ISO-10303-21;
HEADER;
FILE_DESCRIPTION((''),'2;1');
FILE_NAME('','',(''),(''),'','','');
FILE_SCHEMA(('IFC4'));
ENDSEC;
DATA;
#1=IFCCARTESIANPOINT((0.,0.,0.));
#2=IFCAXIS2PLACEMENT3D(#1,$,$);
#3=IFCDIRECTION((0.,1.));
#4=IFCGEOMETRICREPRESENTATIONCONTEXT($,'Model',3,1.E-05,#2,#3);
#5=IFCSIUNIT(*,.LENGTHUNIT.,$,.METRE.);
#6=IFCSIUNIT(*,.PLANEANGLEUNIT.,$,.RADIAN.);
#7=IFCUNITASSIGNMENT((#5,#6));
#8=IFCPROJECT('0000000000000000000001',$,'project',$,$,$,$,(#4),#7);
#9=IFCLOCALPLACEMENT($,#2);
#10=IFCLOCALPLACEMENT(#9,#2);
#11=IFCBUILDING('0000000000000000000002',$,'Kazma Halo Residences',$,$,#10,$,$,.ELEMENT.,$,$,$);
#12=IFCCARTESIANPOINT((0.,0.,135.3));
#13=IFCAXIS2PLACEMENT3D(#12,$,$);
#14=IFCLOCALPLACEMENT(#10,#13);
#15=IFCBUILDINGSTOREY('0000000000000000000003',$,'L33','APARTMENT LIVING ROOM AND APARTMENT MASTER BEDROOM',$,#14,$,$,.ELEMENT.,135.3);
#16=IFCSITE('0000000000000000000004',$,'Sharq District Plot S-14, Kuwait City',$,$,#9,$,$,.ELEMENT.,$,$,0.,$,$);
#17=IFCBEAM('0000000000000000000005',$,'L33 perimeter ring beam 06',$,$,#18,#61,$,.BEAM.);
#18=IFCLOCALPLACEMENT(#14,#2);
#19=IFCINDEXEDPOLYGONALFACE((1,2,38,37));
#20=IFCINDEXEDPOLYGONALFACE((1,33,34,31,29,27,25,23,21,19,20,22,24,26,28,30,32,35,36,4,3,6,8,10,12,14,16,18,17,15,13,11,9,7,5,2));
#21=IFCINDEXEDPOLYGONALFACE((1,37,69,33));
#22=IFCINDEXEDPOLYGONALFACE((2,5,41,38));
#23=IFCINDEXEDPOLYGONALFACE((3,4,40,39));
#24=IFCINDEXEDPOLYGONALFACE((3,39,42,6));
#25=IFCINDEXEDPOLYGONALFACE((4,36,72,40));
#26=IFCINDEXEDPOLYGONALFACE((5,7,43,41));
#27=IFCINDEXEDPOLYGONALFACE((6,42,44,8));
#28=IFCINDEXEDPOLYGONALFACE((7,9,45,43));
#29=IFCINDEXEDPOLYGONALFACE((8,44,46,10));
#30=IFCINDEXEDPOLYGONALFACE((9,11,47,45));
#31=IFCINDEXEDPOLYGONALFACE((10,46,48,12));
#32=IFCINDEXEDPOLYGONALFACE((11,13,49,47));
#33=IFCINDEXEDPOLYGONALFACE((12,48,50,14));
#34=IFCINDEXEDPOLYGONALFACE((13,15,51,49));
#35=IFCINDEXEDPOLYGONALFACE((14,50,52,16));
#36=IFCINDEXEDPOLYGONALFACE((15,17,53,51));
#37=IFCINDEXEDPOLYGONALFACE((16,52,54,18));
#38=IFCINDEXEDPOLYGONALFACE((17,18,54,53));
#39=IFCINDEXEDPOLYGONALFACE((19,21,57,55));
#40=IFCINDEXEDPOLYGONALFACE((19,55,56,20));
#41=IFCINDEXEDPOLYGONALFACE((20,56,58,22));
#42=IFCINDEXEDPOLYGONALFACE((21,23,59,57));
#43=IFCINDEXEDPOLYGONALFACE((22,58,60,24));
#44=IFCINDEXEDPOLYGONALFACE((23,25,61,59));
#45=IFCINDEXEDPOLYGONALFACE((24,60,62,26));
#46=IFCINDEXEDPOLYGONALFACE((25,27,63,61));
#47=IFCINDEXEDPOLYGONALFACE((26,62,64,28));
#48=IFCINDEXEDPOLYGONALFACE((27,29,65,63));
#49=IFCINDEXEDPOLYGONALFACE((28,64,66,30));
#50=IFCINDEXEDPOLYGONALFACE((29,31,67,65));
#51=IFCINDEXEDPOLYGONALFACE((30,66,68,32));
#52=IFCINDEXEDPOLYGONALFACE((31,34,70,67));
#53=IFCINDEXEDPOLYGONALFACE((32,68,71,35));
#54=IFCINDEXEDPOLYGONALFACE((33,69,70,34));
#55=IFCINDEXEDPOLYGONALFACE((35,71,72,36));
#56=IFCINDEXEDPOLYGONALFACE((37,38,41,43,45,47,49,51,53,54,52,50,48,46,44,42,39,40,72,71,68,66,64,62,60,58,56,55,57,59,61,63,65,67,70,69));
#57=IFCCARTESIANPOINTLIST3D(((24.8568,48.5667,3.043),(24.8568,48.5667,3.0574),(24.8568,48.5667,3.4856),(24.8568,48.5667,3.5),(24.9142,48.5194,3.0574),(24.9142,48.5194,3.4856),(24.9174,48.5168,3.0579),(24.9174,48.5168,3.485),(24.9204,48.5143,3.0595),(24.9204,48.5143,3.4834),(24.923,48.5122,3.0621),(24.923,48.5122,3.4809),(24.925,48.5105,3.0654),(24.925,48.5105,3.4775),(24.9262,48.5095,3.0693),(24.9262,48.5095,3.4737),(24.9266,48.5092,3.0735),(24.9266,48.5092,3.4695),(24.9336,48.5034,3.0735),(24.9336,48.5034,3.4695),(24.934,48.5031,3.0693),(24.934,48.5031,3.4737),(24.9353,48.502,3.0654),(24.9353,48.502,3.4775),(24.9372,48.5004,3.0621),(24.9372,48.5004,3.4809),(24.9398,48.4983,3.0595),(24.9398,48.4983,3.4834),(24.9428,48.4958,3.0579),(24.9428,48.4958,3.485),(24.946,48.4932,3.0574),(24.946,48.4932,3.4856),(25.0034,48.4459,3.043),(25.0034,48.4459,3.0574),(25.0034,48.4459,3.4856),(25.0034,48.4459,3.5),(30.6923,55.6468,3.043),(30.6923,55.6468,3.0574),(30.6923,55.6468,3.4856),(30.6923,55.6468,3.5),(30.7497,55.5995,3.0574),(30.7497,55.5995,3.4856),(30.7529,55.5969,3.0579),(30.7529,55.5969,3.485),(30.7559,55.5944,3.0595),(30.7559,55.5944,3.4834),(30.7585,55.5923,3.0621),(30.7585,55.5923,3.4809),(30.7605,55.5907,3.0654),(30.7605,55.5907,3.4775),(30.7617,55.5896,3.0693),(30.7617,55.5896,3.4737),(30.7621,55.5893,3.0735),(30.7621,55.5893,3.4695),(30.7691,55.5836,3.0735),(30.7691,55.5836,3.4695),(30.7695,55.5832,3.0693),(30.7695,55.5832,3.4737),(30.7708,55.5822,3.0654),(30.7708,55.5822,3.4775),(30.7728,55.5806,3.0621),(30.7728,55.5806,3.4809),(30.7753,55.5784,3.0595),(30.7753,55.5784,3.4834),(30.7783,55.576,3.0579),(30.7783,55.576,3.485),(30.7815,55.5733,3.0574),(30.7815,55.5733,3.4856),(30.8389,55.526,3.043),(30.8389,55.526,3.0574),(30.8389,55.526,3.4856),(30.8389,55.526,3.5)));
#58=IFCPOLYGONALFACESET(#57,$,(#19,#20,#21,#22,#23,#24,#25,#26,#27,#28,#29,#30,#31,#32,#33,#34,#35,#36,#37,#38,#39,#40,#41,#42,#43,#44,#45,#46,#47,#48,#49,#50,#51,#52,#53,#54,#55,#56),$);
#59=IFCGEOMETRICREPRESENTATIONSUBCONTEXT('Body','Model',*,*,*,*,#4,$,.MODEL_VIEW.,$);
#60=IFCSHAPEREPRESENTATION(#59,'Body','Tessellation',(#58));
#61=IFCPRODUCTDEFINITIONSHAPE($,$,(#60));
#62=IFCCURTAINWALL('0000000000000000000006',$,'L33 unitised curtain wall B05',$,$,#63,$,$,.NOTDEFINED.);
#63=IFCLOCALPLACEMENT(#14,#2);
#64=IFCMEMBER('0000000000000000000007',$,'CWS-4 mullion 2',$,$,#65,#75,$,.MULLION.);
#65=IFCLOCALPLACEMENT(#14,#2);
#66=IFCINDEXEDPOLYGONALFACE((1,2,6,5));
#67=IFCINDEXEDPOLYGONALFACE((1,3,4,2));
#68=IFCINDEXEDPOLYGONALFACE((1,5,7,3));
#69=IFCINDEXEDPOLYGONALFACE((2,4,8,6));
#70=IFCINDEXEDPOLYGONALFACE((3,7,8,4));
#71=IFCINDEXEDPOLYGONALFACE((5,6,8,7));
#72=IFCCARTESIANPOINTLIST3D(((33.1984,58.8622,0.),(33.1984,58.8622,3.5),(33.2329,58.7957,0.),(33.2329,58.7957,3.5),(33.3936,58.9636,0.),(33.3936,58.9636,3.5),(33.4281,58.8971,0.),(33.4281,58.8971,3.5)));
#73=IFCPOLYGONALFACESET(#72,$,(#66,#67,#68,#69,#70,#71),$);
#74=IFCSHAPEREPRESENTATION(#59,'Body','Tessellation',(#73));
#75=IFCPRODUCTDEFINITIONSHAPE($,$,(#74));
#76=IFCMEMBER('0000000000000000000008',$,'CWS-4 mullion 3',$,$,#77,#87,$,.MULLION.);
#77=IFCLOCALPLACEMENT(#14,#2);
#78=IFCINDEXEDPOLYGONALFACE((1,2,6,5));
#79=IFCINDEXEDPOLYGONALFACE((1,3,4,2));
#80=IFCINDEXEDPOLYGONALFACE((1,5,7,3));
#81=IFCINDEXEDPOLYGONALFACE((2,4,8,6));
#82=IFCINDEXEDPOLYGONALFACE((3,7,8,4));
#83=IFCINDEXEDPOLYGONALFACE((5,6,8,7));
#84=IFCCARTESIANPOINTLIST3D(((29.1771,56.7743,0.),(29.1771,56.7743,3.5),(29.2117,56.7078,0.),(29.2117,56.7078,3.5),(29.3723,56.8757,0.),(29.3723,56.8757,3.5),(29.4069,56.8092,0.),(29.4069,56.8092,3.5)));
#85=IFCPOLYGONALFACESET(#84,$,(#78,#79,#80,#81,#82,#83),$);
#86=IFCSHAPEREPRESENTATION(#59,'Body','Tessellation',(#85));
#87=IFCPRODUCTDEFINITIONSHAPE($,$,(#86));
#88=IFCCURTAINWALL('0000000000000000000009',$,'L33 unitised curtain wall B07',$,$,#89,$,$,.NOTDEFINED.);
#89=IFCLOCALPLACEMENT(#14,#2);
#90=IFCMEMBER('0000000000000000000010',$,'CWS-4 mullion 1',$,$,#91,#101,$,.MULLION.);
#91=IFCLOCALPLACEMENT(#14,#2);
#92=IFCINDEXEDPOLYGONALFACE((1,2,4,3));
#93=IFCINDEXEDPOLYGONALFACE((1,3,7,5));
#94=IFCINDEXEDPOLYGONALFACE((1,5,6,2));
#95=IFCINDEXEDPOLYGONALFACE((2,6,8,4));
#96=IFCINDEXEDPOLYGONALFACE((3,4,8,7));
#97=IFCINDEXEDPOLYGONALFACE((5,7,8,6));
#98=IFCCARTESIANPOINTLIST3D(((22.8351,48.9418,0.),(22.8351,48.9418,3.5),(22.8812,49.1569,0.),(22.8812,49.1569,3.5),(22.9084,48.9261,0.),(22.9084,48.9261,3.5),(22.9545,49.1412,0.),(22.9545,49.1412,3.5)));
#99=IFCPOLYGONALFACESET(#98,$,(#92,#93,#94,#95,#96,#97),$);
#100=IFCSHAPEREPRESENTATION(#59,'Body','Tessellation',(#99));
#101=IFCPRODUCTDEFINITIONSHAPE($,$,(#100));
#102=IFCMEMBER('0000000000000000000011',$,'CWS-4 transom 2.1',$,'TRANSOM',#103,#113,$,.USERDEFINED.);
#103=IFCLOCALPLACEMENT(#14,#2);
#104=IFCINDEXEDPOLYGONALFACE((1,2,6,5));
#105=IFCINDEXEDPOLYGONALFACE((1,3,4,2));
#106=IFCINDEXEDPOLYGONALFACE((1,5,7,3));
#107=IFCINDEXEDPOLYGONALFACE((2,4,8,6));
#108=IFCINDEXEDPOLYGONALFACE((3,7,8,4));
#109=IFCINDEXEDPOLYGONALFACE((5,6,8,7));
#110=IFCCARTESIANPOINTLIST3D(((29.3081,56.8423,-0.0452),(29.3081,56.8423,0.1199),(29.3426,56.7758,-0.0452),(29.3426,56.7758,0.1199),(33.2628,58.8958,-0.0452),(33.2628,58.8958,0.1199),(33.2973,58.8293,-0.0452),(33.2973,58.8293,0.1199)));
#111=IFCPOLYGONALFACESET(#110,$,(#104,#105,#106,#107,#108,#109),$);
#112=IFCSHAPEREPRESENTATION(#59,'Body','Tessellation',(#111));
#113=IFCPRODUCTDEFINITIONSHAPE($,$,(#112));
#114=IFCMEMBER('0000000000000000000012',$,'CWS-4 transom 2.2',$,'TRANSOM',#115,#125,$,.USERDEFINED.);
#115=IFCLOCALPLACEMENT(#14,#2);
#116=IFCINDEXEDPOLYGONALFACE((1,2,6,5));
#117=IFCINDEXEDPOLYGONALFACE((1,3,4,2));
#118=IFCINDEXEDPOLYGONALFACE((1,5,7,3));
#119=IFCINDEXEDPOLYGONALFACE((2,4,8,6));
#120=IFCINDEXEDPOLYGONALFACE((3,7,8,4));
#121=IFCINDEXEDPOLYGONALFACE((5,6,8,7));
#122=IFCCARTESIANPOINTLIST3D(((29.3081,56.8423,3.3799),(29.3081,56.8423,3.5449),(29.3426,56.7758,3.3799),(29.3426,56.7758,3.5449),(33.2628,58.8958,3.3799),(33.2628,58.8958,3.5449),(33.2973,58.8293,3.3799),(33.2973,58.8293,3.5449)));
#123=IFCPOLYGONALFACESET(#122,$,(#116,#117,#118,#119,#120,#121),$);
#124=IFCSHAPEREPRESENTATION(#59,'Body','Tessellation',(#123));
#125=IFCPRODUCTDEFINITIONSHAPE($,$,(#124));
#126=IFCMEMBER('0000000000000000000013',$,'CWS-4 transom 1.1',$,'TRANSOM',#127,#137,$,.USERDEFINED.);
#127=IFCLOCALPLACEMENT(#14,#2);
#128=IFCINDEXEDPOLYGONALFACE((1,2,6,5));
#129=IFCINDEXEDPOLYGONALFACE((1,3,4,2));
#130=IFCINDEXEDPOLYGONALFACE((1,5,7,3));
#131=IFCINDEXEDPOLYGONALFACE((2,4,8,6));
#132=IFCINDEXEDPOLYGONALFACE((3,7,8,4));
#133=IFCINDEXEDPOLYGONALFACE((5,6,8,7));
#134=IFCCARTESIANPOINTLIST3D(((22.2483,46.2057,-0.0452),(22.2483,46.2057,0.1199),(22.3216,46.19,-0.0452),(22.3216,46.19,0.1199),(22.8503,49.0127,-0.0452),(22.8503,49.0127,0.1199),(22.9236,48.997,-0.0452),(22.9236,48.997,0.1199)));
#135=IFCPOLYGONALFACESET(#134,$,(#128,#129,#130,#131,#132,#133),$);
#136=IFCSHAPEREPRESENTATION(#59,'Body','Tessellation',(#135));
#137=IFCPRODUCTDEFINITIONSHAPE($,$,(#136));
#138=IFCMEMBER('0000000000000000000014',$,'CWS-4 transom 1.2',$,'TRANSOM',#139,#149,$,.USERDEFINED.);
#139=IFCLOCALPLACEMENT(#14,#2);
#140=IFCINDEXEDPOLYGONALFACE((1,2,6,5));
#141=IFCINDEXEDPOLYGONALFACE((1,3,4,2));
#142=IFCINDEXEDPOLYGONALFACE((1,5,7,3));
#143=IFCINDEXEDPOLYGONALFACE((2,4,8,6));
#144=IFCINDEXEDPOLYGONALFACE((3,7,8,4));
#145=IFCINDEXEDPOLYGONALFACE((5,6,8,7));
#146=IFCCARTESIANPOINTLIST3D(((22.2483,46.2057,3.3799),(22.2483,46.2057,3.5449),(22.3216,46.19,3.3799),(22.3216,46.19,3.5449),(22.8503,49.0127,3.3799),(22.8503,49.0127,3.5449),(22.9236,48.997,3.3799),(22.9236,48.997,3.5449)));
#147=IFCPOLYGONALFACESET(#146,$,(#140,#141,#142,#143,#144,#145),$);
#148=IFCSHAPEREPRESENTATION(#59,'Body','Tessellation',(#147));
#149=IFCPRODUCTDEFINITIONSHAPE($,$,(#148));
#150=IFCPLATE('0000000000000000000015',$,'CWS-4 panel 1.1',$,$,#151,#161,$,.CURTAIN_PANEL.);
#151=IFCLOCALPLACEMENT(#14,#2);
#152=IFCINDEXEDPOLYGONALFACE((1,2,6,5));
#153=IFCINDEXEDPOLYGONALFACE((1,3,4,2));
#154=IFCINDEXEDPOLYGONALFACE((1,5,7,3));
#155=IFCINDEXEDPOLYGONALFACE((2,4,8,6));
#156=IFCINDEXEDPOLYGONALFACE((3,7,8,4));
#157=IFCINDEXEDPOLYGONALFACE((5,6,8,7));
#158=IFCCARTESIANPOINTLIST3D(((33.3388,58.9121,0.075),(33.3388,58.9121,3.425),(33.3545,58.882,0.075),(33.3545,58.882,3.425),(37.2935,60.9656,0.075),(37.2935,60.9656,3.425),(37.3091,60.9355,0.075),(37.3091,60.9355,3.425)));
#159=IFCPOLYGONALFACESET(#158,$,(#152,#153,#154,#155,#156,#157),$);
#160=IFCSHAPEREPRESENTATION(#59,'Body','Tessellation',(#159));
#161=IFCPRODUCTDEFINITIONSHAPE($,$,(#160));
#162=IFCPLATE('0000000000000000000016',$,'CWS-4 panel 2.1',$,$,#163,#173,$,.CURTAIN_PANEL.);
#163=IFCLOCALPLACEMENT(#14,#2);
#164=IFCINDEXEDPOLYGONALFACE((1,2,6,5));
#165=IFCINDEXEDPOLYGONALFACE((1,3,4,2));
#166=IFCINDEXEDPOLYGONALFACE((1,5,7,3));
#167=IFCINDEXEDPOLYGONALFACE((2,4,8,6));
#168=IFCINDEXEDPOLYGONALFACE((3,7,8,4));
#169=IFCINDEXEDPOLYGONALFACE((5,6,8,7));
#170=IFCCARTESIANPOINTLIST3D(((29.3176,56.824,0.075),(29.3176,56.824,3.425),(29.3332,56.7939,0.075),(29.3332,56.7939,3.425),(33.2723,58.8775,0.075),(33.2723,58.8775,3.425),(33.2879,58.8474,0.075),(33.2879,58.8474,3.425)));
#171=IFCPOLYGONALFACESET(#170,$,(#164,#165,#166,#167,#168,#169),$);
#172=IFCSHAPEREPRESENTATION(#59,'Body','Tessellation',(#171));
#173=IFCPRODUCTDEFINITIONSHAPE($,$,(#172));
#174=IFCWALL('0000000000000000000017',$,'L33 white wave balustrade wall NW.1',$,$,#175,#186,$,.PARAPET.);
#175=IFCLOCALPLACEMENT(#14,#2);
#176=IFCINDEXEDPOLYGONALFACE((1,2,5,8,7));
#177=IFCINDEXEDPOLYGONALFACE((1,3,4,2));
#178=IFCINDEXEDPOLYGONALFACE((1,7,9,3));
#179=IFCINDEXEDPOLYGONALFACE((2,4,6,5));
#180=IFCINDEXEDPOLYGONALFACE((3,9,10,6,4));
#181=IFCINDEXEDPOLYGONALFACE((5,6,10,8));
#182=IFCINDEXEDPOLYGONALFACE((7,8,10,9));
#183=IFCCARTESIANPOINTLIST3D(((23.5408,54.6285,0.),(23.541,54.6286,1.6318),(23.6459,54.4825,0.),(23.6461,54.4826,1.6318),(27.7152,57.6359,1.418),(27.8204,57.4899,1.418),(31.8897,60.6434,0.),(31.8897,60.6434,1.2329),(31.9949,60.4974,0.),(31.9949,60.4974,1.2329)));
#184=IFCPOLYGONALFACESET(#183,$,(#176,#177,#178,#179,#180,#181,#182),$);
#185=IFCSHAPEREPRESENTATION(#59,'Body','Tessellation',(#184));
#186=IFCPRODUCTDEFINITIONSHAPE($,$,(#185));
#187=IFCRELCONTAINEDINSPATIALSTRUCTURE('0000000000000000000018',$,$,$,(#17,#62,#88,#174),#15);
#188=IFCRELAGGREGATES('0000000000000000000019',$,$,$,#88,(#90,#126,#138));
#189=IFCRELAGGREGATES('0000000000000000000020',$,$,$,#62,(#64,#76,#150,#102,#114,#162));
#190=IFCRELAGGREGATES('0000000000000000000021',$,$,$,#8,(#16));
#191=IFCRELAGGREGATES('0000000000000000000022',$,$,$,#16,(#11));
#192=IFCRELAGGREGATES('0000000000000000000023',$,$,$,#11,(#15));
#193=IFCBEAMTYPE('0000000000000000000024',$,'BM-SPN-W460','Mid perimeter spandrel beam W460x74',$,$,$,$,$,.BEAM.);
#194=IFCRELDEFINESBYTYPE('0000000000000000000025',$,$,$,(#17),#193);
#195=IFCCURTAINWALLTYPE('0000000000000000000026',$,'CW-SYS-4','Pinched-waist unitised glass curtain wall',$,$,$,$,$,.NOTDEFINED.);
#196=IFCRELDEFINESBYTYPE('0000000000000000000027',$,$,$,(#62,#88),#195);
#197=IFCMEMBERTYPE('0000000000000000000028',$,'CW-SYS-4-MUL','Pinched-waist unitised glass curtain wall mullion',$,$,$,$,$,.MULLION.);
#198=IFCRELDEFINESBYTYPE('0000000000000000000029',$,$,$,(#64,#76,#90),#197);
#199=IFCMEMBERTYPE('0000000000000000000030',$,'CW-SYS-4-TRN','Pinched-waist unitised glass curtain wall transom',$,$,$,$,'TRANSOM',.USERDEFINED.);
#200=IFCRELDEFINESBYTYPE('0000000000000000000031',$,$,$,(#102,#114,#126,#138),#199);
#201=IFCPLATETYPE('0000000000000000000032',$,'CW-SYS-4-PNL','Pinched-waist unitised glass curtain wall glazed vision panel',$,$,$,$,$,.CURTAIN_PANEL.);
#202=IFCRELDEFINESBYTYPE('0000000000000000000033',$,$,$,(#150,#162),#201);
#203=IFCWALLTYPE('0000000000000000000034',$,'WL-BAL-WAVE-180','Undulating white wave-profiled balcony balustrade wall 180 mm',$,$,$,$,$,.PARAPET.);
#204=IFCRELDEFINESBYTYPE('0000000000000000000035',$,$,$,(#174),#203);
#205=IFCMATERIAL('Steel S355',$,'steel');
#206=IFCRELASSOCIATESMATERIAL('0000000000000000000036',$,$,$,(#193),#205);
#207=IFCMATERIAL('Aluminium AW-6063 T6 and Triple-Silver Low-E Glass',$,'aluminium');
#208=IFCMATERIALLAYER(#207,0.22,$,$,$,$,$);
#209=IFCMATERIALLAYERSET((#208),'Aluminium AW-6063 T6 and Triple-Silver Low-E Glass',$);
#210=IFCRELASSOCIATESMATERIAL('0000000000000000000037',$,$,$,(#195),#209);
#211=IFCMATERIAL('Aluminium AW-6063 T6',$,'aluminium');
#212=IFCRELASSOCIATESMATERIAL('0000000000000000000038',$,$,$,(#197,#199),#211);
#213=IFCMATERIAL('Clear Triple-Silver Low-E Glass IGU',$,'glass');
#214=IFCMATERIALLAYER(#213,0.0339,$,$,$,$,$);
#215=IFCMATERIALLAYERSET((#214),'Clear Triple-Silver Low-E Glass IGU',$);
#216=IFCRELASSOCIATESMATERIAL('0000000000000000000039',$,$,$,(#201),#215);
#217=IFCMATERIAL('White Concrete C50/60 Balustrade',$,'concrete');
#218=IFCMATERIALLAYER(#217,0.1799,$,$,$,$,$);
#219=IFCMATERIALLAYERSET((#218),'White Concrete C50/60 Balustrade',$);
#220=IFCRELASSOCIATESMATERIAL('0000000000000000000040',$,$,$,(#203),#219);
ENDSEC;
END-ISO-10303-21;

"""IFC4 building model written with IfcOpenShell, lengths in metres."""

from ifc_helpers import new_model, si_unit, direction, frame, origin, origin_2d, place, context, subcontext, project, spatial, polyline, rectangle, i_section, outline, extrude, material, layer, layer_set, material_profile, profile_set, type_object, element, aggregate, save


model = new_model("IFC4")

# Units and contexts
model_context = context("Model", 3, precision=1e-05, world=origin(), true_north=direction((0.0, 1.0)))
body_context = subcontext(model_context, "Body", "Model", "MODEL_VIEW")
ifc_project = project(units=[si_unit("LENGTHUNIT", "METRE"), si_unit("PLANEANGLEUNIT", "RADIAN")], contexts=[model_context])

# Site, building, storey
site_placement = place(None, origin())
site = spatial("IfcSite", under=ifc_project, at=site_placement, Name="Sharq District Plot S-14, Kuwait City", CompositionType="ELEMENT", RefElevation=0.0)
building_placement = place(site_placement, origin())
building = spatial("IfcBuilding", under=site, at=building_placement, Name="Kazma Halo Residences", CompositionType="ELEMENT")
storey_placement = place(building_placement, frame((0.0, 0.0, 135.3)))
storey = spatial("IfcBuildingStorey", under=building, at=storey_placement, Name="L33", Description="APARTMENT LIVING ROOM AND APARTMENT MASTER BEDROOM", CompositionType="ELEMENT", Elevation=135.3)

# Beam
ifc_material_1 = material(Name="Steel S355", Category="steel")
ifc_material_profile_1 = material_profile(ifc_material_1, i_section(OverallWidth=0.1899, OverallDepth=0.457, WebThickness=0.009, FlangeThickness=0.0144, FilletRadius=0.0161, at=origin_2d()), Name="W460x74")
ifc_profile_set_1 = profile_set([ifc_material_profile_1], Name="Steel S355")
beam_type_1 = type_object("IfcBeamType", Name="BM-SPN-W460", Description="Mid perimeter spandrel beam W460x74", PredefinedType="BEAM", material=ifc_profile_set_1)
beam_1_placement = place(storey_placement, frame((30.7656, 55.5864, 3.2715), z_axis=(-0.636019, -0.771674, 0.0), x_axis=(0.771674, -0.636019, 0.0)))
element("IfcBeam", 1, at=beam_1_placement, inside=storey, type_object=beam_type_1, Name="L33 perimeter ring beam 06", PredefinedType="BEAM", context=body_context, shape_type="SweptSolid", body=[
    extrude(i_section(OverallWidth=0.1899, OverallDepth=0.457, WebThickness=0.009, FlangeThickness=0.0144, FilletRadius=0.0161, at=origin_2d()), origin(), (0.0, 0.0, 1.0), 9.175),
])

# Curtain wall, members
ifc_material_2 = material(Name="Aluminium AW-6063 T6 and Triple-Silver Low-E Glass", Category="aluminium")
ifc_layer_1 = layer(ifc_material_2, 0.22)
ifc_layer_set_1 = layer_set([ifc_layer_1], Name="Aluminium AW-6063 T6 and Triple-Silver Low-E Glass")
curtain_wall_type = type_object("IfcCurtainWallType", Name="CW-SYS-4", Description="Pinched-waist unitised glass curtain wall", PredefinedType="NOTDEFINED", material=ifc_layer_set_1)
curtain_wall_1_placement = place(storey_placement, origin())
curtain_wall_1 = element("IfcCurtainWall", 2, at=curtain_wall_1_placement, inside=storey, type_object=curtain_wall_type, Name="L33 unitised curtain wall B05", PredefinedType="NOTDEFINED")
ifc_material_3 = material(Name="Aluminium AW-6063 T6", Category="aluminium")
ifc_material_profile_2 = material_profile(ifc_material_3, rectangle(XDim=0.075, YDim=0.22, at=origin_2d()), Name="CWM-75x220")
ifc_profile_set_2 = profile_set([ifc_material_profile_2], Name="Aluminium AW-6063 T6")
member_type_1 = type_object("IfcMemberType", Name="CW-SYS-4-MUL", Description="Pinched-waist unitised glass curtain wall mullion", PredefinedType="MULLION", material=ifc_profile_set_2)
member_1_placement = place(storey_placement, frame((33.3132, 58.8796, 0.0), z_axis=(0.0, 0.0, 1.0), x_axis=(0.460837, -0.887485, 0.0)))
member_1 = element("IfcMember", 3, at=member_1_placement, type_object=member_type_1, Name="CWS-4 mullion 2", PredefinedType="MULLION", context=body_context, shape_type="SweptSolid", body=[
    extrude(rectangle(XDim=0.075, YDim=0.22, at=origin_2d()), origin(), (0.0, 0.0, 1.0), 3.5),
])
member_2_placement = place(storey_placement, frame((29.292, 56.7917, 0.0), z_axis=(0.0, 0.0, 1.0), x_axis=(0.460837, -0.887485, 0.0)))
member_2 = element("IfcMember", 4, at=member_2_placement, type_object=member_type_1, Name="CWS-4 mullion 3", PredefinedType="MULLION", context=body_context, shape_type="SweptSolid", body=[
    extrude(rectangle(XDim=0.075, YDim=0.22, at=origin_2d()), origin(), (0.0, 0.0, 1.0), 3.5),
])

# Curtain wall, member
curtain_wall_2_placement = place(storey_placement, origin())
curtain_wall_2 = element("IfcCurtainWall", 5, at=curtain_wall_2_placement, inside=storey, type_object=curtain_wall_type, Name="L33 unitised curtain wall B07", PredefinedType="NOTDEFINED")
member_3_placement = place(storey_placement, frame((22.8948, 49.0415, 0.0), z_axis=(0.0, 0.0, 1.0), x_axis=(0.977765, -0.209704, 0.0)))
member_3 = element("IfcMember", 6, at=member_3_placement, type_object=member_type_1, Name="CWS-4 mullion 1", PredefinedType="MULLION", context=body_context, shape_type="SweptSolid", body=[
    extrude(rectangle(XDim=0.075, YDim=0.22, at=origin_2d()), origin(), (0.0, 0.0, 1.0), 3.5),
])

# Members
ifc_material_profile_3 = material_profile(ifc_material_3, rectangle(XDim=0.075, YDim=0.165, at=origin_2d()), Name="CWT-75x165")
ifc_profile_set_3 = profile_set([ifc_material_profile_3], Name="Aluminium AW-6063 T6")
member_type_2 = type_object("IfcMemberType", Name="CW-SYS-4-TRN", Description="Pinched-waist unitised glass curtain wall transom", ElementType="TRANSOM", PredefinedType="USERDEFINED", material=ifc_profile_set_3)
member_4_placement = place(storey_placement, frame((33.28, 58.8625, 0.0374), z_axis=(-0.887485, -0.460837, 0.0), x_axis=(0.460837, -0.887485, 0.0)))
member_4 = element("IfcMember", 7, at=member_4_placement, type_object=member_type_2, Name="CWS-4 transom 2.1", ObjectType="TRANSOM", PredefinedType="USERDEFINED", context=body_context, shape_type="SweptSolid", body=[
    extrude(rectangle(XDim=0.075, YDim=0.165, at=origin_2d()), origin(), (0.0, 0.0, 1.0), 4.4561),
])
member_5_placement = place(storey_placement, frame((33.28, 58.8625, 3.4624), z_axis=(-0.887485, -0.460837, 0.0), x_axis=(0.460837, -0.887485, 0.0)))
member_5 = element("IfcMember", 8, at=member_5_placement, type_object=member_type_2, Name="CWS-4 transom 2.2", ObjectType="TRANSOM", PredefinedType="USERDEFINED", context=body_context, shape_type="SweptSolid", body=[
    extrude(rectangle(XDim=0.075, YDim=0.165, at=origin_2d()), origin(), (0.0, 0.0, 1.0), 4.4561),
])
member_6_placement = place(storey_placement, frame((22.887, 49.0049, 0.0374), z_axis=(-0.209703, -0.977765, 0.0), x_axis=(0.977765, -0.209703, 0.0)))
member_6 = element("IfcMember", 9, at=member_6_placement, type_object=member_type_2, Name="CWS-4 transom 1.1", ObjectType="TRANSOM", PredefinedType="USERDEFINED", context=body_context, shape_type="SweptSolid", body=[
    extrude(rectangle(XDim=0.075, YDim=0.165, at=origin_2d()), origin(), (0.0, 0.0, 1.0), 2.8708),
])
member_7_placement = place(storey_placement, frame((22.887, 49.0049, 3.4624), z_axis=(-0.209703, -0.977765, 0.0), x_axis=(0.977765, -0.209703, 0.0)))
member_7 = element("IfcMember", 10, at=member_7_placement, type_object=member_type_2, Name="CWS-4 transom 1.2", ObjectType="TRANSOM", PredefinedType="USERDEFINED", context=body_context, shape_type="SweptSolid", body=[
    extrude(rectangle(XDim=0.075, YDim=0.165, at=origin_2d()), origin(), (0.0, 0.0, 1.0), 2.8708),
])
aggregate(curtain_wall_2, [member_3, member_6, member_7])

# Plates
ifc_material_4 = material(Name="Clear Triple-Silver Low-E Glass IGU", Category="glass")
ifc_layer_2 = layer(ifc_material_4, 0.0339)
ifc_layer_set_2 = layer_set([ifc_layer_2], Name="Clear Triple-Silver Low-E Glass IGU")
plate_type = type_object("IfcPlateType", Name="CW-SYS-4-PNL", Description="Pinched-waist unitised glass curtain wall glazed vision panel", PredefinedType="CURTAIN_PANEL", material=ifc_layer_set_2)
plate_1_placement = place(storey_placement, frame((35.324, 59.9238, 0.075), z_axis=(0.0, 0.0, 1.0), x_axis=(-0.887485, -0.460837, 0.0)))
plate_1 = element("IfcPlate", 11, at=plate_1_placement, type_object=plate_type, Name="CWS-4 panel 1.1", PredefinedType="CURTAIN_PANEL", context=body_context, shape_type="SweptSolid", body=[
    extrude(rectangle(XDim=4.4561, YDim=0.0339, at=origin_2d()), origin(), (0.0, 0.0, 1.0), 3.3501),
])
plate_2_placement = place(storey_placement, frame((31.3027, 57.8357, 0.075), z_axis=(0.0, 0.0, 1.0), x_axis=(-0.887485, -0.460837, 0.0)))
plate_2 = element("IfcPlate", 12, at=plate_2_placement, type_object=plate_type, Name="CWS-4 panel 2.1", PredefinedType="CURTAIN_PANEL", context=body_context, shape_type="SweptSolid", body=[
    extrude(rectangle(XDim=4.4561, YDim=0.0339, at=origin_2d()), origin(), (0.0, 0.0, 1.0), 3.3501),
])
aggregate(curtain_wall_1, [member_1, member_2, plate_1, member_4, member_5, plate_2])

# Wall
ifc_material_5 = material(Name="White Concrete C50/60 Balustrade", Category="concrete")
ifc_layer_3 = layer(ifc_material_5, 0.1799)
ifc_layer_set_3 = layer_set([ifc_layer_3], Name="White Concrete C50/60 Balustrade")
wall_type_1 = type_object("IfcWallType", Name="WL-BAL-WAVE-180", Description="Undulating white wave-profiled balcony balustrade wall 180 mm", PredefinedType="PARAPET", material=ifc_layer_set_3)
wall_1_placement = place(storey_placement, frame((31.9424, 60.5703, 0.0), z_axis=(0.0, 0.0, 1.0), x_axis=(-0.811364, -0.584542, 0.0)))
element("IfcWall", 13, at=wall_1_placement, inside=storey, type_object=wall_type_1, Name="L33 white wave balustrade wall NW.1", PredefinedType="PARAPET", context=body_context, shape_type="SweptSolid", body=[
    extrude(outline(polyline([(0.0, 0.0), (10.29, 0.0), (10.2898, 1.6318), (5.145, 1.418), (0.0, 1.2329), (0.0, 0.0)])), frame((0.0, 0.0898, 0.0), z_axis=(0.0, -1.0, 0.0), x_axis=(1.0, 0.0, 0.0)), (0.0, 0.0, 1.0), 0.1799),
])

save(model, "model.ifc")
